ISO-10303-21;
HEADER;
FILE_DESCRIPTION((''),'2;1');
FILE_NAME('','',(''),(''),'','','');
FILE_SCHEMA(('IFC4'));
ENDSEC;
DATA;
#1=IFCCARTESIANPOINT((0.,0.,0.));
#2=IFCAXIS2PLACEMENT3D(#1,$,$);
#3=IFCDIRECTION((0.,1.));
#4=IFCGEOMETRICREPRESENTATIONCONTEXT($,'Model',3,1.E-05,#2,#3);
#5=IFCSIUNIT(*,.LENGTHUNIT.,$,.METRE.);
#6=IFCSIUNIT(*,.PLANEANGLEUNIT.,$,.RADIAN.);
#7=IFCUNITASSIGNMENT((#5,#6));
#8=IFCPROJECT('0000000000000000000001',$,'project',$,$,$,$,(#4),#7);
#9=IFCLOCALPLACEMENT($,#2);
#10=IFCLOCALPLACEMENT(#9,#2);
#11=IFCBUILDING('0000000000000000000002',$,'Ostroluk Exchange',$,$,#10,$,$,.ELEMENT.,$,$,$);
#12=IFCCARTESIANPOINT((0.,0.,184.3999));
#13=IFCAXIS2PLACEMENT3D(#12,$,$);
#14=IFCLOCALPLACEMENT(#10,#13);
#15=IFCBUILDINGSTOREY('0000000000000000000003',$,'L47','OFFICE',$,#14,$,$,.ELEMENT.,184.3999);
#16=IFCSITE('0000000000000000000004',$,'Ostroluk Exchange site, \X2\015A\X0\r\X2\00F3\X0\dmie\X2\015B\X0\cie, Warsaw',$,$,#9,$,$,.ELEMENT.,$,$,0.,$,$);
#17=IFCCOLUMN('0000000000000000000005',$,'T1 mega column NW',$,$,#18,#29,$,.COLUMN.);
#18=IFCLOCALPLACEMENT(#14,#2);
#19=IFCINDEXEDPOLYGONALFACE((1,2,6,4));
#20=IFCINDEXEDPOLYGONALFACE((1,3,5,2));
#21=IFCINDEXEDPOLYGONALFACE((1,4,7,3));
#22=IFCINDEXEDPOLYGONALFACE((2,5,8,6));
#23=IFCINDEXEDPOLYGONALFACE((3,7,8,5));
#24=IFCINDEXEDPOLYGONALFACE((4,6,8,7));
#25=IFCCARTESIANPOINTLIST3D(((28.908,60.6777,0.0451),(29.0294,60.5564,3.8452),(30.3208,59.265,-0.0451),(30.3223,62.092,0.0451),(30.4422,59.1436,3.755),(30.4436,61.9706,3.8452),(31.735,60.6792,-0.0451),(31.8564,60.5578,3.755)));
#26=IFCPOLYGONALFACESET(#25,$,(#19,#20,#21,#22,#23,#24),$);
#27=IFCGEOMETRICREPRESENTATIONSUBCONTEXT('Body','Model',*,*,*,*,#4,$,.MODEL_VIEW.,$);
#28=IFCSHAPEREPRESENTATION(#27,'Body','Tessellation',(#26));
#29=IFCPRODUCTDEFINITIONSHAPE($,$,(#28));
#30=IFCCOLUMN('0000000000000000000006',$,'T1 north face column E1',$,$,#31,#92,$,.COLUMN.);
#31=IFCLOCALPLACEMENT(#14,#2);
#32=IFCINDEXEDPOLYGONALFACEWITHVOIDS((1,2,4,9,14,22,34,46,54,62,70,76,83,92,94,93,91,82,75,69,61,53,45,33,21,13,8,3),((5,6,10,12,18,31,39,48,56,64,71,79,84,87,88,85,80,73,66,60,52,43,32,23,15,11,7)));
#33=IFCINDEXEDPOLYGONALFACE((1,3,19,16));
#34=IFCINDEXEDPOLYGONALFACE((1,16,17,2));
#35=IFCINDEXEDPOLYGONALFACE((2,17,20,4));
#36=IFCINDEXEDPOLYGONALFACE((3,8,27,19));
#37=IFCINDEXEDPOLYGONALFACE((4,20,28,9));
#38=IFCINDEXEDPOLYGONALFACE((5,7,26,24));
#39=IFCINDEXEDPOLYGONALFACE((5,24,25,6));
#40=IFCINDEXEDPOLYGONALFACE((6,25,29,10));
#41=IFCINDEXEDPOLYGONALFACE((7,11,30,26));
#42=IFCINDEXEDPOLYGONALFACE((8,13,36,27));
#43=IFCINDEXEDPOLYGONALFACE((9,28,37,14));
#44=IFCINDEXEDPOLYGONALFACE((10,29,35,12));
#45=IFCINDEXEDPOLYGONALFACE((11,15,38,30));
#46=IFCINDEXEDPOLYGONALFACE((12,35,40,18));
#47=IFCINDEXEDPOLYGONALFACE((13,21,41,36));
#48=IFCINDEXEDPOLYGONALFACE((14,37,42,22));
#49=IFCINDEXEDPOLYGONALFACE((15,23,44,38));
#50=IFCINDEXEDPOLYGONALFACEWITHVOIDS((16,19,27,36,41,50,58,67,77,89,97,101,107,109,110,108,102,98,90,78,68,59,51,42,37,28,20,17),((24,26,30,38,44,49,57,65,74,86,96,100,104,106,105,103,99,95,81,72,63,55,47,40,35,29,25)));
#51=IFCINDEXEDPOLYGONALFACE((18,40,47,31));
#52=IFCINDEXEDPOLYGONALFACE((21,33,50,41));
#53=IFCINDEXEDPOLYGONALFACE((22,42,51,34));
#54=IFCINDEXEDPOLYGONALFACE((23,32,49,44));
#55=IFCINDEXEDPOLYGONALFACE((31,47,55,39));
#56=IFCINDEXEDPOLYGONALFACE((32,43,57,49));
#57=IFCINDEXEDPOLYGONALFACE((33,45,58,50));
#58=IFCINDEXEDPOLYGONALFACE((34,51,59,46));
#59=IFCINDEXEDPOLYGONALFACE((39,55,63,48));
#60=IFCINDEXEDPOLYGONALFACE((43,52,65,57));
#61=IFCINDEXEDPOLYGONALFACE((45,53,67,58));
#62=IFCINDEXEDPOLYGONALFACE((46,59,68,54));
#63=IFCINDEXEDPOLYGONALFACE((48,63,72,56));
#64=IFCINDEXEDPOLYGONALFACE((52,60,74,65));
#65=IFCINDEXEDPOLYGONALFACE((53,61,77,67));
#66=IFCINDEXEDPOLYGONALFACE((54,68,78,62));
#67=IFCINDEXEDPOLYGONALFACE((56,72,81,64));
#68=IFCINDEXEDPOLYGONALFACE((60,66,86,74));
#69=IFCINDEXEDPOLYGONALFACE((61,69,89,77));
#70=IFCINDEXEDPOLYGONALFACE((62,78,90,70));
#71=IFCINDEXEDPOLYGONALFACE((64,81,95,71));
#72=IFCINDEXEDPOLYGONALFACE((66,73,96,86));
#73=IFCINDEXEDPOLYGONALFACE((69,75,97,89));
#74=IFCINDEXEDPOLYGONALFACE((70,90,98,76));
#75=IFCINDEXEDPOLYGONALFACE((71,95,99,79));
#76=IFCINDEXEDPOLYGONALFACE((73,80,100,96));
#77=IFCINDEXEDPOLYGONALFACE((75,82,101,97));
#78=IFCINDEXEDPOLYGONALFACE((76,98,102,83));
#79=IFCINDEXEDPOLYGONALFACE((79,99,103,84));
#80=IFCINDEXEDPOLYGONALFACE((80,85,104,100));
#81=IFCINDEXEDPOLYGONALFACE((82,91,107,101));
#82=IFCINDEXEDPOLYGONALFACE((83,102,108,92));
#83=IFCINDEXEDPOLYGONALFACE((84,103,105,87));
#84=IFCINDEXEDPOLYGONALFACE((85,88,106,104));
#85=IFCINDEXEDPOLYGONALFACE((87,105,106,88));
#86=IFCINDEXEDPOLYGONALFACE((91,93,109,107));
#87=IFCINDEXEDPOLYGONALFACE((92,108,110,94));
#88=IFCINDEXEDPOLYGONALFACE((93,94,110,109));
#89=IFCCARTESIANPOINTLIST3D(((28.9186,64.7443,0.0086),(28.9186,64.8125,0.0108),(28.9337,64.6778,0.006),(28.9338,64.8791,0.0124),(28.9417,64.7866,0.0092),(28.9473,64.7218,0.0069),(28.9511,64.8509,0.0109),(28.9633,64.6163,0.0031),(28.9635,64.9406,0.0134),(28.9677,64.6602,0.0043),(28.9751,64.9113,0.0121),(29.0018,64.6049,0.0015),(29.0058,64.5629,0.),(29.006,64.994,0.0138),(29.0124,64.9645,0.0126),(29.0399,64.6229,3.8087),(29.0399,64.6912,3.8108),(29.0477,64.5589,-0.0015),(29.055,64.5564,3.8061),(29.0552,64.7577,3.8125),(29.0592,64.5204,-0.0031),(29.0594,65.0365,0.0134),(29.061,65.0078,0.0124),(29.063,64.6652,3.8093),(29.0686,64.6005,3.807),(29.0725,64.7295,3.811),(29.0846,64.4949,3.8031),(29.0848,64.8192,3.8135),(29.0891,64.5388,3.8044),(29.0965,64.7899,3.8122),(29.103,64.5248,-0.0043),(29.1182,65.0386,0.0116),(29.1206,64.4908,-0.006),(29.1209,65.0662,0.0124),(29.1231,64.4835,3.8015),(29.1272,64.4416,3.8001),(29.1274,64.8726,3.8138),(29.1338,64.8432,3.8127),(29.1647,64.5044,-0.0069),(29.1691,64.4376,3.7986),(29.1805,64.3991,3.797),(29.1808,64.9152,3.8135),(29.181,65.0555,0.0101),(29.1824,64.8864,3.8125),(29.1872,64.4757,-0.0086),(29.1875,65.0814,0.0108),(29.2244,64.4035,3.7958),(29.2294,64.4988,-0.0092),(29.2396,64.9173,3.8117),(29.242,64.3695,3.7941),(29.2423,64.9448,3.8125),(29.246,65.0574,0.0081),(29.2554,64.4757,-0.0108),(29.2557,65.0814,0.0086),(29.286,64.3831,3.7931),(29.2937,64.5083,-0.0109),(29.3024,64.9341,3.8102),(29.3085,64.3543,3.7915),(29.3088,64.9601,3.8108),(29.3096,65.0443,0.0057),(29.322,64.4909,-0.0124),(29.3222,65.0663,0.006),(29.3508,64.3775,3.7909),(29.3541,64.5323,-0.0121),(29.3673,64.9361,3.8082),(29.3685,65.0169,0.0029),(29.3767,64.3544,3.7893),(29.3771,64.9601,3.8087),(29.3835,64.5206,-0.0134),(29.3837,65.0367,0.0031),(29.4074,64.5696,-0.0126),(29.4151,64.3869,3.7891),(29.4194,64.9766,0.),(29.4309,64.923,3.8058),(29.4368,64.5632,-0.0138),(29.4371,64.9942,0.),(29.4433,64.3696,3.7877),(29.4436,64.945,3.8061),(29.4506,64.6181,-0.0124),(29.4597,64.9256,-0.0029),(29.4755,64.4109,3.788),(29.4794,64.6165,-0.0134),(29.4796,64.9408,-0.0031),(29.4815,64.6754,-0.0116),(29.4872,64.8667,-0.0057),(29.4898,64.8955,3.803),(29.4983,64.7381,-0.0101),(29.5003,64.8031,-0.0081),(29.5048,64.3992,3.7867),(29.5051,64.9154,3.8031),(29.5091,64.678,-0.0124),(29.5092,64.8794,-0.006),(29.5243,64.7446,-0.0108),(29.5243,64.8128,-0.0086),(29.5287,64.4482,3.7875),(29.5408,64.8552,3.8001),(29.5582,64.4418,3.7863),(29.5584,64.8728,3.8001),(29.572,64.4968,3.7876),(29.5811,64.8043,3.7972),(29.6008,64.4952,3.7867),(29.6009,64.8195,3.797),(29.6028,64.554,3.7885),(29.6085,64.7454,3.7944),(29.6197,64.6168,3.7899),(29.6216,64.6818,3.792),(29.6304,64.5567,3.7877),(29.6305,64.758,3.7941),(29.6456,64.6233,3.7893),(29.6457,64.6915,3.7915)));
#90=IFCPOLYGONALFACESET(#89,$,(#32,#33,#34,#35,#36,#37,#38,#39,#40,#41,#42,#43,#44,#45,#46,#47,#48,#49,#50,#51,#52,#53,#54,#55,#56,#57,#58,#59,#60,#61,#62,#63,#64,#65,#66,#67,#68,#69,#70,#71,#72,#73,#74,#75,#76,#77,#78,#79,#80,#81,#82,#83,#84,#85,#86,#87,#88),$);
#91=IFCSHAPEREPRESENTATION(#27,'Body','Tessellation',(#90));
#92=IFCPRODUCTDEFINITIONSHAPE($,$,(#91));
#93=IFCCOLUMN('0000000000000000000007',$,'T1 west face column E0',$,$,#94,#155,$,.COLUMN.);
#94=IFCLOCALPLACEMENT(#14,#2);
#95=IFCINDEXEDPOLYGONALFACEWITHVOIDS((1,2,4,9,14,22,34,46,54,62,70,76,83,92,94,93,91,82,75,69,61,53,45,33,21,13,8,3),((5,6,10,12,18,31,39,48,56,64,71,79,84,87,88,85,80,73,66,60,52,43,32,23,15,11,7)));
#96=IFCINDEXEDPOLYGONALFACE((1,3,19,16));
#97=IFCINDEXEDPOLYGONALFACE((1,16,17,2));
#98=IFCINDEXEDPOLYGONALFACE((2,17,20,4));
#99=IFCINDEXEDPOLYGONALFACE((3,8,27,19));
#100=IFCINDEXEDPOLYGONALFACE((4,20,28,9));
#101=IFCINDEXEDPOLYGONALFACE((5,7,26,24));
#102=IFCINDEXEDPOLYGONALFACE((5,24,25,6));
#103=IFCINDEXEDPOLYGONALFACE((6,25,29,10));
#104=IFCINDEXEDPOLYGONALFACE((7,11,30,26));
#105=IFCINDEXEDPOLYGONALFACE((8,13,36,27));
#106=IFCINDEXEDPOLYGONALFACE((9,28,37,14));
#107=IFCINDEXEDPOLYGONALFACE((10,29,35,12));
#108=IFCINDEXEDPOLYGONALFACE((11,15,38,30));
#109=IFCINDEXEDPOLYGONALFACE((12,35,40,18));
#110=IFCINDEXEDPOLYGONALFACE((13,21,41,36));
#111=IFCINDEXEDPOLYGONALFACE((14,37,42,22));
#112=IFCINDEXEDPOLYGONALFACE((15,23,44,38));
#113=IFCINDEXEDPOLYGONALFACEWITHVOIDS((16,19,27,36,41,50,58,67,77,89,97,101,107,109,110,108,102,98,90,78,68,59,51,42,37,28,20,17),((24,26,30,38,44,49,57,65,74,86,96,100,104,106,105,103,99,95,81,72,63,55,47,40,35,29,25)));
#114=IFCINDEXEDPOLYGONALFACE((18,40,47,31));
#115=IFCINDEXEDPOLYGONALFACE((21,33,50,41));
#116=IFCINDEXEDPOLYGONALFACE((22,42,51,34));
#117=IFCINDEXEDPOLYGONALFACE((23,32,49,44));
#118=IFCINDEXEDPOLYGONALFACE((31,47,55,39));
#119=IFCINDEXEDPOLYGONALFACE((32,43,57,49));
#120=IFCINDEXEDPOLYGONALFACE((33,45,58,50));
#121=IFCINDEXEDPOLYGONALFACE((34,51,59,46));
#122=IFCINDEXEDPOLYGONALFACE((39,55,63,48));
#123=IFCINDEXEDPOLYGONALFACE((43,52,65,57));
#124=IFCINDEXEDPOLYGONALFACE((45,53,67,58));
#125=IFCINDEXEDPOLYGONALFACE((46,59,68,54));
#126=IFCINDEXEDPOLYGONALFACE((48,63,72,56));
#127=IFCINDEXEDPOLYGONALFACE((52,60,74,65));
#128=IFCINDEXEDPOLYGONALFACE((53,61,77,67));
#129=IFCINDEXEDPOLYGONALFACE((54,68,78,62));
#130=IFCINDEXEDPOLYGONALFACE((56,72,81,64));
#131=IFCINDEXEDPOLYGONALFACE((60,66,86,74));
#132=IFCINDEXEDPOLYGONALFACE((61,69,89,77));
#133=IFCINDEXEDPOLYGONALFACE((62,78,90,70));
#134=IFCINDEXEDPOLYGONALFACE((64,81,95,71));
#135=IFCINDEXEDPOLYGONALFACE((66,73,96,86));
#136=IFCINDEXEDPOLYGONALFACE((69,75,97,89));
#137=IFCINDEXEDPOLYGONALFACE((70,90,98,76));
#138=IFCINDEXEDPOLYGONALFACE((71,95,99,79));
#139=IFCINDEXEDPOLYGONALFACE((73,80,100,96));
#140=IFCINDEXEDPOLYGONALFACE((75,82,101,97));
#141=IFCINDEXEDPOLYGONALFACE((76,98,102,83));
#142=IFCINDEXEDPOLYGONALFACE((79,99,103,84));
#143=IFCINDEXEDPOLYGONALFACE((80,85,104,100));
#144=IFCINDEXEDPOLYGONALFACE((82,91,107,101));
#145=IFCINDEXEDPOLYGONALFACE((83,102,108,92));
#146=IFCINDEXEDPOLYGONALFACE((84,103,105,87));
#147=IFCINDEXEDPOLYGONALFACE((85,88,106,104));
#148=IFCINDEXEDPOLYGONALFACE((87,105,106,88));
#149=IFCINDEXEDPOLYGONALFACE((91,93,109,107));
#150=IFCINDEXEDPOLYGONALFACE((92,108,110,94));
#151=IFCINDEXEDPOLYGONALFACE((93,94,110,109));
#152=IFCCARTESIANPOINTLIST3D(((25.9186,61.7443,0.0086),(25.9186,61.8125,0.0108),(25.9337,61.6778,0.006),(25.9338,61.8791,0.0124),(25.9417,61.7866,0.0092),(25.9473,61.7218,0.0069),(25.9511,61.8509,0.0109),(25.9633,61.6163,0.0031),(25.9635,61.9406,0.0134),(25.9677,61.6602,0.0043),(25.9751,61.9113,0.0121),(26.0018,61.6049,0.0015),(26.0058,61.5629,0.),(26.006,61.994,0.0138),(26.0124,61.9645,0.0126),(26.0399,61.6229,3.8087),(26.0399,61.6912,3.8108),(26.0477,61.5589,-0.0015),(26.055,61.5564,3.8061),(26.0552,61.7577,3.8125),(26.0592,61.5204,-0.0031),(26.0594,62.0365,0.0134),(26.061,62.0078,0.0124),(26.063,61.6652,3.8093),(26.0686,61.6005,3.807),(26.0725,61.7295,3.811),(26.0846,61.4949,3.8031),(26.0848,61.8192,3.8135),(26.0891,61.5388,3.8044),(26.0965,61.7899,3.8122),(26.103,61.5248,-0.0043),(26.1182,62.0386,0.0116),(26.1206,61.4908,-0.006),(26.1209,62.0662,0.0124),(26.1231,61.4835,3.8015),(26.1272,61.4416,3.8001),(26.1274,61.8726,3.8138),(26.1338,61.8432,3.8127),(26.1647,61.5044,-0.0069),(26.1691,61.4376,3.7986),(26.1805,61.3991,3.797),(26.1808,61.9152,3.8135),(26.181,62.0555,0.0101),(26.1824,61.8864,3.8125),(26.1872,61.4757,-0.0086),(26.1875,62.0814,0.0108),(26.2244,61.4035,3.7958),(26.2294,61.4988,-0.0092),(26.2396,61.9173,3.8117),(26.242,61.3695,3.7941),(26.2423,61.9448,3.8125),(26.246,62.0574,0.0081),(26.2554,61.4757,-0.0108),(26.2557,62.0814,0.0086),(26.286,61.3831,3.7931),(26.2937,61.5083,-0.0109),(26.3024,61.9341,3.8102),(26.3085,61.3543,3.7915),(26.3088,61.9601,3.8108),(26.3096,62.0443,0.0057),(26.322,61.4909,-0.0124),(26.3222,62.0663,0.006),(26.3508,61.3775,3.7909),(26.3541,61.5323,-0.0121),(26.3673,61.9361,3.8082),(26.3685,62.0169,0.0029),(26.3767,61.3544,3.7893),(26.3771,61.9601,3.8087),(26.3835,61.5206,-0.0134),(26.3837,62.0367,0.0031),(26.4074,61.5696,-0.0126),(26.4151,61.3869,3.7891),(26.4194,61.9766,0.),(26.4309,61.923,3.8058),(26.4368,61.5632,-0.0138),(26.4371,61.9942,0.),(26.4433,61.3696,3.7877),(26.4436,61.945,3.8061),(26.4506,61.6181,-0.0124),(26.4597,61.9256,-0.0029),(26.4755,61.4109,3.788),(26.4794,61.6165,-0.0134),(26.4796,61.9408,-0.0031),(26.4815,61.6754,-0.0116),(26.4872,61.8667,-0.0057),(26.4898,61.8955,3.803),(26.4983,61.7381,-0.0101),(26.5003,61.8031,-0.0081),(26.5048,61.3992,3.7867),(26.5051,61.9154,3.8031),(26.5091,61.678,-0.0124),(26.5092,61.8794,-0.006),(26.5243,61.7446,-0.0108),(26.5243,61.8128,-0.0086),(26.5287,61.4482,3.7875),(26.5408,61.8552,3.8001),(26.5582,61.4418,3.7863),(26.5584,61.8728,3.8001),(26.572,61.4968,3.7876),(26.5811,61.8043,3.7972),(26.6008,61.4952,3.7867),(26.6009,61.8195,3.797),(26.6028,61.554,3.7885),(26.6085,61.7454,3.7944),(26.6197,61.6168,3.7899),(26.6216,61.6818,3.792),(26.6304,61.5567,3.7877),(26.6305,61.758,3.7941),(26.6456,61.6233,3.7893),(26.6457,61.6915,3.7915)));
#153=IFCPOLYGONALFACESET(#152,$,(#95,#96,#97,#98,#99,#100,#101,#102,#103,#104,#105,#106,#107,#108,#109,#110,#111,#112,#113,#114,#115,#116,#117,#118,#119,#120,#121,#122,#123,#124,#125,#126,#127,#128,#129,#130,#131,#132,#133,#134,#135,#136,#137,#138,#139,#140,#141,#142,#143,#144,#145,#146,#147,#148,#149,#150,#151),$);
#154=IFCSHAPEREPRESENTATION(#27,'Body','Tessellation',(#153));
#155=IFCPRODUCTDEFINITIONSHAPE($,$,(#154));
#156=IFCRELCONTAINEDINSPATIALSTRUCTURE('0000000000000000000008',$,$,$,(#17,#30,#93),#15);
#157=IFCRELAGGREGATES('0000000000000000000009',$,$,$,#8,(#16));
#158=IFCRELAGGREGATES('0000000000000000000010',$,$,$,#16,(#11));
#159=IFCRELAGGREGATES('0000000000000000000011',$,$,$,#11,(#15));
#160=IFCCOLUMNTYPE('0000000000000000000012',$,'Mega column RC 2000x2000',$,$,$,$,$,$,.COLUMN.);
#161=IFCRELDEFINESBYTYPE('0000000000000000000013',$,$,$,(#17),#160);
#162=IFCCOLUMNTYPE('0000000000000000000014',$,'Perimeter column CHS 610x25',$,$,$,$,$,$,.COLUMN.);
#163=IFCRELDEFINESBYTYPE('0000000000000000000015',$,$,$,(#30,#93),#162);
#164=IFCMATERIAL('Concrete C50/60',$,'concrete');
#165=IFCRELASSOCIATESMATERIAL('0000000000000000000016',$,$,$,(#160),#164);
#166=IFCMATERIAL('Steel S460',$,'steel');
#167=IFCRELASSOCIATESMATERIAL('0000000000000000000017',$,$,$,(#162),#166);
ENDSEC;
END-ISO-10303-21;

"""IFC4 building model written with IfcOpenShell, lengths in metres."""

from ifc_helpers import new_model, si_unit, direction, frame, origin, origin_2d, place, context, subcontext, project, spatial, rectangle, hollow_circle, extrude, material, material_profile, profile_set, type_object, element, save


model = new_model("IFC4")

# Units and contexts
model_context = context("Model", 3, precision=1e-05, world=origin(), true_north=direction((0.0, 1.0)))
body_context = subcontext(model_context, "Body", "Model", "MODEL_VIEW")
ifc_project = project(units=[si_unit("LENGTHUNIT", "METRE"), si_unit("PLANEANGLEUNIT", "RADIAN")], contexts=[model_context])

# Site, building, storey
site_placement = place(None, origin())
site = spatial("IfcSite", under=ifc_project, at=site_placement, Name="Ostroluk Exchange site, Śródmieście, Warsaw", CompositionType="ELEMENT", RefElevation=0.0)
building_placement = place(site_placement, origin())
building = spatial("IfcBuilding", under=site, at=building_placement, Name="Ostroluk Exchange", CompositionType="ELEMENT")
storey_placement = place(building_placement, frame((0.0, 0.0, 184.3999)))
storey = spatial("IfcBuildingStorey", under=building, at=storey_placement, Name="L47", Description="OFFICE", CompositionType="ELEMENT", Elevation=184.3999)

# Columns
ifc_material_1 = material(Name="Concrete C50/60", Category="concrete")
ifc_material_profile_1 = material_profile(ifc_material_1, rectangle(XDim=2.0, YDim=2.0, at=origin_2d()), Name="RC 2000x2000")
ifc_profile_set_1 = profile_set([ifc_material_profile_1], Name="Concrete C50/60")
column_type_1 = type_object("IfcColumnType", Name="Mega column RC 2000x2000", PredefinedType="COLUMN", material=ifc_profile_set_1)
column_1_placement = place(storey_placement, frame((30.3215, 60.6785, 0.0), z_axis=(0.031898, -0.031898, 0.998982), x_axis=(0.707107, 0.707107, 0.0)))
element("IfcColumn", 1, at=column_1_placement, inside=storey, type_object=column_type_1, Name="T1 mega column NW", PredefinedType="COLUMN", context=body_context, shape_type="SweptSolid", body=[
    extrude(rectangle(XDim=2.0, YDim=2.0, at=origin_2d()), origin(), (0.0, 0.0, 1.0), 3.804),
])
ifc_material_2 = material(Name="Steel S460", Category="steel")
ifc_material_profile_2 = material_profile(ifc_material_2, hollow_circle(Radius=0.3049, WallThickness=0.0249, at=origin_2d()), Name="CHS 610x25")
ifc_profile_set_2 = profile_set([ifc_material_profile_2], Name="Steel S460")
column_type_2 = type_object("IfcColumnType", Name="Perimeter column CHS 610x25", PredefinedType="COLUMN", material=ifc_profile_set_2)
for number, where, z_axis, x_axis, name in (
    (2, (29.2214, 64.7786, 0.0), (0.031898, -0.031898, 0.998982), (0.707107, 0.707107, 0.0), "T1 north face column E1"),
    (3, (26.2214, 61.7786, 0.0), (0.031898, -0.031898, 0.998982), (0.707107, 0.707107, 0.0), "T1 west face column E0"),
):
    element("IfcColumn", number, at=place(storey_placement, frame(where, z_axis=z_axis, x_axis=x_axis)), inside=storey, type_object=column_type_2, Name=name, PredefinedType="COLUMN", context=body_context, shape_type="SweptSolid", body=[
        extrude(hollow_circle(Radius=0.3049, WallThickness=0.0249, at=origin_2d()), origin(), (0.0, 0.0, 1.0), 3.804),
    ])

save(model, "model.ifc")
